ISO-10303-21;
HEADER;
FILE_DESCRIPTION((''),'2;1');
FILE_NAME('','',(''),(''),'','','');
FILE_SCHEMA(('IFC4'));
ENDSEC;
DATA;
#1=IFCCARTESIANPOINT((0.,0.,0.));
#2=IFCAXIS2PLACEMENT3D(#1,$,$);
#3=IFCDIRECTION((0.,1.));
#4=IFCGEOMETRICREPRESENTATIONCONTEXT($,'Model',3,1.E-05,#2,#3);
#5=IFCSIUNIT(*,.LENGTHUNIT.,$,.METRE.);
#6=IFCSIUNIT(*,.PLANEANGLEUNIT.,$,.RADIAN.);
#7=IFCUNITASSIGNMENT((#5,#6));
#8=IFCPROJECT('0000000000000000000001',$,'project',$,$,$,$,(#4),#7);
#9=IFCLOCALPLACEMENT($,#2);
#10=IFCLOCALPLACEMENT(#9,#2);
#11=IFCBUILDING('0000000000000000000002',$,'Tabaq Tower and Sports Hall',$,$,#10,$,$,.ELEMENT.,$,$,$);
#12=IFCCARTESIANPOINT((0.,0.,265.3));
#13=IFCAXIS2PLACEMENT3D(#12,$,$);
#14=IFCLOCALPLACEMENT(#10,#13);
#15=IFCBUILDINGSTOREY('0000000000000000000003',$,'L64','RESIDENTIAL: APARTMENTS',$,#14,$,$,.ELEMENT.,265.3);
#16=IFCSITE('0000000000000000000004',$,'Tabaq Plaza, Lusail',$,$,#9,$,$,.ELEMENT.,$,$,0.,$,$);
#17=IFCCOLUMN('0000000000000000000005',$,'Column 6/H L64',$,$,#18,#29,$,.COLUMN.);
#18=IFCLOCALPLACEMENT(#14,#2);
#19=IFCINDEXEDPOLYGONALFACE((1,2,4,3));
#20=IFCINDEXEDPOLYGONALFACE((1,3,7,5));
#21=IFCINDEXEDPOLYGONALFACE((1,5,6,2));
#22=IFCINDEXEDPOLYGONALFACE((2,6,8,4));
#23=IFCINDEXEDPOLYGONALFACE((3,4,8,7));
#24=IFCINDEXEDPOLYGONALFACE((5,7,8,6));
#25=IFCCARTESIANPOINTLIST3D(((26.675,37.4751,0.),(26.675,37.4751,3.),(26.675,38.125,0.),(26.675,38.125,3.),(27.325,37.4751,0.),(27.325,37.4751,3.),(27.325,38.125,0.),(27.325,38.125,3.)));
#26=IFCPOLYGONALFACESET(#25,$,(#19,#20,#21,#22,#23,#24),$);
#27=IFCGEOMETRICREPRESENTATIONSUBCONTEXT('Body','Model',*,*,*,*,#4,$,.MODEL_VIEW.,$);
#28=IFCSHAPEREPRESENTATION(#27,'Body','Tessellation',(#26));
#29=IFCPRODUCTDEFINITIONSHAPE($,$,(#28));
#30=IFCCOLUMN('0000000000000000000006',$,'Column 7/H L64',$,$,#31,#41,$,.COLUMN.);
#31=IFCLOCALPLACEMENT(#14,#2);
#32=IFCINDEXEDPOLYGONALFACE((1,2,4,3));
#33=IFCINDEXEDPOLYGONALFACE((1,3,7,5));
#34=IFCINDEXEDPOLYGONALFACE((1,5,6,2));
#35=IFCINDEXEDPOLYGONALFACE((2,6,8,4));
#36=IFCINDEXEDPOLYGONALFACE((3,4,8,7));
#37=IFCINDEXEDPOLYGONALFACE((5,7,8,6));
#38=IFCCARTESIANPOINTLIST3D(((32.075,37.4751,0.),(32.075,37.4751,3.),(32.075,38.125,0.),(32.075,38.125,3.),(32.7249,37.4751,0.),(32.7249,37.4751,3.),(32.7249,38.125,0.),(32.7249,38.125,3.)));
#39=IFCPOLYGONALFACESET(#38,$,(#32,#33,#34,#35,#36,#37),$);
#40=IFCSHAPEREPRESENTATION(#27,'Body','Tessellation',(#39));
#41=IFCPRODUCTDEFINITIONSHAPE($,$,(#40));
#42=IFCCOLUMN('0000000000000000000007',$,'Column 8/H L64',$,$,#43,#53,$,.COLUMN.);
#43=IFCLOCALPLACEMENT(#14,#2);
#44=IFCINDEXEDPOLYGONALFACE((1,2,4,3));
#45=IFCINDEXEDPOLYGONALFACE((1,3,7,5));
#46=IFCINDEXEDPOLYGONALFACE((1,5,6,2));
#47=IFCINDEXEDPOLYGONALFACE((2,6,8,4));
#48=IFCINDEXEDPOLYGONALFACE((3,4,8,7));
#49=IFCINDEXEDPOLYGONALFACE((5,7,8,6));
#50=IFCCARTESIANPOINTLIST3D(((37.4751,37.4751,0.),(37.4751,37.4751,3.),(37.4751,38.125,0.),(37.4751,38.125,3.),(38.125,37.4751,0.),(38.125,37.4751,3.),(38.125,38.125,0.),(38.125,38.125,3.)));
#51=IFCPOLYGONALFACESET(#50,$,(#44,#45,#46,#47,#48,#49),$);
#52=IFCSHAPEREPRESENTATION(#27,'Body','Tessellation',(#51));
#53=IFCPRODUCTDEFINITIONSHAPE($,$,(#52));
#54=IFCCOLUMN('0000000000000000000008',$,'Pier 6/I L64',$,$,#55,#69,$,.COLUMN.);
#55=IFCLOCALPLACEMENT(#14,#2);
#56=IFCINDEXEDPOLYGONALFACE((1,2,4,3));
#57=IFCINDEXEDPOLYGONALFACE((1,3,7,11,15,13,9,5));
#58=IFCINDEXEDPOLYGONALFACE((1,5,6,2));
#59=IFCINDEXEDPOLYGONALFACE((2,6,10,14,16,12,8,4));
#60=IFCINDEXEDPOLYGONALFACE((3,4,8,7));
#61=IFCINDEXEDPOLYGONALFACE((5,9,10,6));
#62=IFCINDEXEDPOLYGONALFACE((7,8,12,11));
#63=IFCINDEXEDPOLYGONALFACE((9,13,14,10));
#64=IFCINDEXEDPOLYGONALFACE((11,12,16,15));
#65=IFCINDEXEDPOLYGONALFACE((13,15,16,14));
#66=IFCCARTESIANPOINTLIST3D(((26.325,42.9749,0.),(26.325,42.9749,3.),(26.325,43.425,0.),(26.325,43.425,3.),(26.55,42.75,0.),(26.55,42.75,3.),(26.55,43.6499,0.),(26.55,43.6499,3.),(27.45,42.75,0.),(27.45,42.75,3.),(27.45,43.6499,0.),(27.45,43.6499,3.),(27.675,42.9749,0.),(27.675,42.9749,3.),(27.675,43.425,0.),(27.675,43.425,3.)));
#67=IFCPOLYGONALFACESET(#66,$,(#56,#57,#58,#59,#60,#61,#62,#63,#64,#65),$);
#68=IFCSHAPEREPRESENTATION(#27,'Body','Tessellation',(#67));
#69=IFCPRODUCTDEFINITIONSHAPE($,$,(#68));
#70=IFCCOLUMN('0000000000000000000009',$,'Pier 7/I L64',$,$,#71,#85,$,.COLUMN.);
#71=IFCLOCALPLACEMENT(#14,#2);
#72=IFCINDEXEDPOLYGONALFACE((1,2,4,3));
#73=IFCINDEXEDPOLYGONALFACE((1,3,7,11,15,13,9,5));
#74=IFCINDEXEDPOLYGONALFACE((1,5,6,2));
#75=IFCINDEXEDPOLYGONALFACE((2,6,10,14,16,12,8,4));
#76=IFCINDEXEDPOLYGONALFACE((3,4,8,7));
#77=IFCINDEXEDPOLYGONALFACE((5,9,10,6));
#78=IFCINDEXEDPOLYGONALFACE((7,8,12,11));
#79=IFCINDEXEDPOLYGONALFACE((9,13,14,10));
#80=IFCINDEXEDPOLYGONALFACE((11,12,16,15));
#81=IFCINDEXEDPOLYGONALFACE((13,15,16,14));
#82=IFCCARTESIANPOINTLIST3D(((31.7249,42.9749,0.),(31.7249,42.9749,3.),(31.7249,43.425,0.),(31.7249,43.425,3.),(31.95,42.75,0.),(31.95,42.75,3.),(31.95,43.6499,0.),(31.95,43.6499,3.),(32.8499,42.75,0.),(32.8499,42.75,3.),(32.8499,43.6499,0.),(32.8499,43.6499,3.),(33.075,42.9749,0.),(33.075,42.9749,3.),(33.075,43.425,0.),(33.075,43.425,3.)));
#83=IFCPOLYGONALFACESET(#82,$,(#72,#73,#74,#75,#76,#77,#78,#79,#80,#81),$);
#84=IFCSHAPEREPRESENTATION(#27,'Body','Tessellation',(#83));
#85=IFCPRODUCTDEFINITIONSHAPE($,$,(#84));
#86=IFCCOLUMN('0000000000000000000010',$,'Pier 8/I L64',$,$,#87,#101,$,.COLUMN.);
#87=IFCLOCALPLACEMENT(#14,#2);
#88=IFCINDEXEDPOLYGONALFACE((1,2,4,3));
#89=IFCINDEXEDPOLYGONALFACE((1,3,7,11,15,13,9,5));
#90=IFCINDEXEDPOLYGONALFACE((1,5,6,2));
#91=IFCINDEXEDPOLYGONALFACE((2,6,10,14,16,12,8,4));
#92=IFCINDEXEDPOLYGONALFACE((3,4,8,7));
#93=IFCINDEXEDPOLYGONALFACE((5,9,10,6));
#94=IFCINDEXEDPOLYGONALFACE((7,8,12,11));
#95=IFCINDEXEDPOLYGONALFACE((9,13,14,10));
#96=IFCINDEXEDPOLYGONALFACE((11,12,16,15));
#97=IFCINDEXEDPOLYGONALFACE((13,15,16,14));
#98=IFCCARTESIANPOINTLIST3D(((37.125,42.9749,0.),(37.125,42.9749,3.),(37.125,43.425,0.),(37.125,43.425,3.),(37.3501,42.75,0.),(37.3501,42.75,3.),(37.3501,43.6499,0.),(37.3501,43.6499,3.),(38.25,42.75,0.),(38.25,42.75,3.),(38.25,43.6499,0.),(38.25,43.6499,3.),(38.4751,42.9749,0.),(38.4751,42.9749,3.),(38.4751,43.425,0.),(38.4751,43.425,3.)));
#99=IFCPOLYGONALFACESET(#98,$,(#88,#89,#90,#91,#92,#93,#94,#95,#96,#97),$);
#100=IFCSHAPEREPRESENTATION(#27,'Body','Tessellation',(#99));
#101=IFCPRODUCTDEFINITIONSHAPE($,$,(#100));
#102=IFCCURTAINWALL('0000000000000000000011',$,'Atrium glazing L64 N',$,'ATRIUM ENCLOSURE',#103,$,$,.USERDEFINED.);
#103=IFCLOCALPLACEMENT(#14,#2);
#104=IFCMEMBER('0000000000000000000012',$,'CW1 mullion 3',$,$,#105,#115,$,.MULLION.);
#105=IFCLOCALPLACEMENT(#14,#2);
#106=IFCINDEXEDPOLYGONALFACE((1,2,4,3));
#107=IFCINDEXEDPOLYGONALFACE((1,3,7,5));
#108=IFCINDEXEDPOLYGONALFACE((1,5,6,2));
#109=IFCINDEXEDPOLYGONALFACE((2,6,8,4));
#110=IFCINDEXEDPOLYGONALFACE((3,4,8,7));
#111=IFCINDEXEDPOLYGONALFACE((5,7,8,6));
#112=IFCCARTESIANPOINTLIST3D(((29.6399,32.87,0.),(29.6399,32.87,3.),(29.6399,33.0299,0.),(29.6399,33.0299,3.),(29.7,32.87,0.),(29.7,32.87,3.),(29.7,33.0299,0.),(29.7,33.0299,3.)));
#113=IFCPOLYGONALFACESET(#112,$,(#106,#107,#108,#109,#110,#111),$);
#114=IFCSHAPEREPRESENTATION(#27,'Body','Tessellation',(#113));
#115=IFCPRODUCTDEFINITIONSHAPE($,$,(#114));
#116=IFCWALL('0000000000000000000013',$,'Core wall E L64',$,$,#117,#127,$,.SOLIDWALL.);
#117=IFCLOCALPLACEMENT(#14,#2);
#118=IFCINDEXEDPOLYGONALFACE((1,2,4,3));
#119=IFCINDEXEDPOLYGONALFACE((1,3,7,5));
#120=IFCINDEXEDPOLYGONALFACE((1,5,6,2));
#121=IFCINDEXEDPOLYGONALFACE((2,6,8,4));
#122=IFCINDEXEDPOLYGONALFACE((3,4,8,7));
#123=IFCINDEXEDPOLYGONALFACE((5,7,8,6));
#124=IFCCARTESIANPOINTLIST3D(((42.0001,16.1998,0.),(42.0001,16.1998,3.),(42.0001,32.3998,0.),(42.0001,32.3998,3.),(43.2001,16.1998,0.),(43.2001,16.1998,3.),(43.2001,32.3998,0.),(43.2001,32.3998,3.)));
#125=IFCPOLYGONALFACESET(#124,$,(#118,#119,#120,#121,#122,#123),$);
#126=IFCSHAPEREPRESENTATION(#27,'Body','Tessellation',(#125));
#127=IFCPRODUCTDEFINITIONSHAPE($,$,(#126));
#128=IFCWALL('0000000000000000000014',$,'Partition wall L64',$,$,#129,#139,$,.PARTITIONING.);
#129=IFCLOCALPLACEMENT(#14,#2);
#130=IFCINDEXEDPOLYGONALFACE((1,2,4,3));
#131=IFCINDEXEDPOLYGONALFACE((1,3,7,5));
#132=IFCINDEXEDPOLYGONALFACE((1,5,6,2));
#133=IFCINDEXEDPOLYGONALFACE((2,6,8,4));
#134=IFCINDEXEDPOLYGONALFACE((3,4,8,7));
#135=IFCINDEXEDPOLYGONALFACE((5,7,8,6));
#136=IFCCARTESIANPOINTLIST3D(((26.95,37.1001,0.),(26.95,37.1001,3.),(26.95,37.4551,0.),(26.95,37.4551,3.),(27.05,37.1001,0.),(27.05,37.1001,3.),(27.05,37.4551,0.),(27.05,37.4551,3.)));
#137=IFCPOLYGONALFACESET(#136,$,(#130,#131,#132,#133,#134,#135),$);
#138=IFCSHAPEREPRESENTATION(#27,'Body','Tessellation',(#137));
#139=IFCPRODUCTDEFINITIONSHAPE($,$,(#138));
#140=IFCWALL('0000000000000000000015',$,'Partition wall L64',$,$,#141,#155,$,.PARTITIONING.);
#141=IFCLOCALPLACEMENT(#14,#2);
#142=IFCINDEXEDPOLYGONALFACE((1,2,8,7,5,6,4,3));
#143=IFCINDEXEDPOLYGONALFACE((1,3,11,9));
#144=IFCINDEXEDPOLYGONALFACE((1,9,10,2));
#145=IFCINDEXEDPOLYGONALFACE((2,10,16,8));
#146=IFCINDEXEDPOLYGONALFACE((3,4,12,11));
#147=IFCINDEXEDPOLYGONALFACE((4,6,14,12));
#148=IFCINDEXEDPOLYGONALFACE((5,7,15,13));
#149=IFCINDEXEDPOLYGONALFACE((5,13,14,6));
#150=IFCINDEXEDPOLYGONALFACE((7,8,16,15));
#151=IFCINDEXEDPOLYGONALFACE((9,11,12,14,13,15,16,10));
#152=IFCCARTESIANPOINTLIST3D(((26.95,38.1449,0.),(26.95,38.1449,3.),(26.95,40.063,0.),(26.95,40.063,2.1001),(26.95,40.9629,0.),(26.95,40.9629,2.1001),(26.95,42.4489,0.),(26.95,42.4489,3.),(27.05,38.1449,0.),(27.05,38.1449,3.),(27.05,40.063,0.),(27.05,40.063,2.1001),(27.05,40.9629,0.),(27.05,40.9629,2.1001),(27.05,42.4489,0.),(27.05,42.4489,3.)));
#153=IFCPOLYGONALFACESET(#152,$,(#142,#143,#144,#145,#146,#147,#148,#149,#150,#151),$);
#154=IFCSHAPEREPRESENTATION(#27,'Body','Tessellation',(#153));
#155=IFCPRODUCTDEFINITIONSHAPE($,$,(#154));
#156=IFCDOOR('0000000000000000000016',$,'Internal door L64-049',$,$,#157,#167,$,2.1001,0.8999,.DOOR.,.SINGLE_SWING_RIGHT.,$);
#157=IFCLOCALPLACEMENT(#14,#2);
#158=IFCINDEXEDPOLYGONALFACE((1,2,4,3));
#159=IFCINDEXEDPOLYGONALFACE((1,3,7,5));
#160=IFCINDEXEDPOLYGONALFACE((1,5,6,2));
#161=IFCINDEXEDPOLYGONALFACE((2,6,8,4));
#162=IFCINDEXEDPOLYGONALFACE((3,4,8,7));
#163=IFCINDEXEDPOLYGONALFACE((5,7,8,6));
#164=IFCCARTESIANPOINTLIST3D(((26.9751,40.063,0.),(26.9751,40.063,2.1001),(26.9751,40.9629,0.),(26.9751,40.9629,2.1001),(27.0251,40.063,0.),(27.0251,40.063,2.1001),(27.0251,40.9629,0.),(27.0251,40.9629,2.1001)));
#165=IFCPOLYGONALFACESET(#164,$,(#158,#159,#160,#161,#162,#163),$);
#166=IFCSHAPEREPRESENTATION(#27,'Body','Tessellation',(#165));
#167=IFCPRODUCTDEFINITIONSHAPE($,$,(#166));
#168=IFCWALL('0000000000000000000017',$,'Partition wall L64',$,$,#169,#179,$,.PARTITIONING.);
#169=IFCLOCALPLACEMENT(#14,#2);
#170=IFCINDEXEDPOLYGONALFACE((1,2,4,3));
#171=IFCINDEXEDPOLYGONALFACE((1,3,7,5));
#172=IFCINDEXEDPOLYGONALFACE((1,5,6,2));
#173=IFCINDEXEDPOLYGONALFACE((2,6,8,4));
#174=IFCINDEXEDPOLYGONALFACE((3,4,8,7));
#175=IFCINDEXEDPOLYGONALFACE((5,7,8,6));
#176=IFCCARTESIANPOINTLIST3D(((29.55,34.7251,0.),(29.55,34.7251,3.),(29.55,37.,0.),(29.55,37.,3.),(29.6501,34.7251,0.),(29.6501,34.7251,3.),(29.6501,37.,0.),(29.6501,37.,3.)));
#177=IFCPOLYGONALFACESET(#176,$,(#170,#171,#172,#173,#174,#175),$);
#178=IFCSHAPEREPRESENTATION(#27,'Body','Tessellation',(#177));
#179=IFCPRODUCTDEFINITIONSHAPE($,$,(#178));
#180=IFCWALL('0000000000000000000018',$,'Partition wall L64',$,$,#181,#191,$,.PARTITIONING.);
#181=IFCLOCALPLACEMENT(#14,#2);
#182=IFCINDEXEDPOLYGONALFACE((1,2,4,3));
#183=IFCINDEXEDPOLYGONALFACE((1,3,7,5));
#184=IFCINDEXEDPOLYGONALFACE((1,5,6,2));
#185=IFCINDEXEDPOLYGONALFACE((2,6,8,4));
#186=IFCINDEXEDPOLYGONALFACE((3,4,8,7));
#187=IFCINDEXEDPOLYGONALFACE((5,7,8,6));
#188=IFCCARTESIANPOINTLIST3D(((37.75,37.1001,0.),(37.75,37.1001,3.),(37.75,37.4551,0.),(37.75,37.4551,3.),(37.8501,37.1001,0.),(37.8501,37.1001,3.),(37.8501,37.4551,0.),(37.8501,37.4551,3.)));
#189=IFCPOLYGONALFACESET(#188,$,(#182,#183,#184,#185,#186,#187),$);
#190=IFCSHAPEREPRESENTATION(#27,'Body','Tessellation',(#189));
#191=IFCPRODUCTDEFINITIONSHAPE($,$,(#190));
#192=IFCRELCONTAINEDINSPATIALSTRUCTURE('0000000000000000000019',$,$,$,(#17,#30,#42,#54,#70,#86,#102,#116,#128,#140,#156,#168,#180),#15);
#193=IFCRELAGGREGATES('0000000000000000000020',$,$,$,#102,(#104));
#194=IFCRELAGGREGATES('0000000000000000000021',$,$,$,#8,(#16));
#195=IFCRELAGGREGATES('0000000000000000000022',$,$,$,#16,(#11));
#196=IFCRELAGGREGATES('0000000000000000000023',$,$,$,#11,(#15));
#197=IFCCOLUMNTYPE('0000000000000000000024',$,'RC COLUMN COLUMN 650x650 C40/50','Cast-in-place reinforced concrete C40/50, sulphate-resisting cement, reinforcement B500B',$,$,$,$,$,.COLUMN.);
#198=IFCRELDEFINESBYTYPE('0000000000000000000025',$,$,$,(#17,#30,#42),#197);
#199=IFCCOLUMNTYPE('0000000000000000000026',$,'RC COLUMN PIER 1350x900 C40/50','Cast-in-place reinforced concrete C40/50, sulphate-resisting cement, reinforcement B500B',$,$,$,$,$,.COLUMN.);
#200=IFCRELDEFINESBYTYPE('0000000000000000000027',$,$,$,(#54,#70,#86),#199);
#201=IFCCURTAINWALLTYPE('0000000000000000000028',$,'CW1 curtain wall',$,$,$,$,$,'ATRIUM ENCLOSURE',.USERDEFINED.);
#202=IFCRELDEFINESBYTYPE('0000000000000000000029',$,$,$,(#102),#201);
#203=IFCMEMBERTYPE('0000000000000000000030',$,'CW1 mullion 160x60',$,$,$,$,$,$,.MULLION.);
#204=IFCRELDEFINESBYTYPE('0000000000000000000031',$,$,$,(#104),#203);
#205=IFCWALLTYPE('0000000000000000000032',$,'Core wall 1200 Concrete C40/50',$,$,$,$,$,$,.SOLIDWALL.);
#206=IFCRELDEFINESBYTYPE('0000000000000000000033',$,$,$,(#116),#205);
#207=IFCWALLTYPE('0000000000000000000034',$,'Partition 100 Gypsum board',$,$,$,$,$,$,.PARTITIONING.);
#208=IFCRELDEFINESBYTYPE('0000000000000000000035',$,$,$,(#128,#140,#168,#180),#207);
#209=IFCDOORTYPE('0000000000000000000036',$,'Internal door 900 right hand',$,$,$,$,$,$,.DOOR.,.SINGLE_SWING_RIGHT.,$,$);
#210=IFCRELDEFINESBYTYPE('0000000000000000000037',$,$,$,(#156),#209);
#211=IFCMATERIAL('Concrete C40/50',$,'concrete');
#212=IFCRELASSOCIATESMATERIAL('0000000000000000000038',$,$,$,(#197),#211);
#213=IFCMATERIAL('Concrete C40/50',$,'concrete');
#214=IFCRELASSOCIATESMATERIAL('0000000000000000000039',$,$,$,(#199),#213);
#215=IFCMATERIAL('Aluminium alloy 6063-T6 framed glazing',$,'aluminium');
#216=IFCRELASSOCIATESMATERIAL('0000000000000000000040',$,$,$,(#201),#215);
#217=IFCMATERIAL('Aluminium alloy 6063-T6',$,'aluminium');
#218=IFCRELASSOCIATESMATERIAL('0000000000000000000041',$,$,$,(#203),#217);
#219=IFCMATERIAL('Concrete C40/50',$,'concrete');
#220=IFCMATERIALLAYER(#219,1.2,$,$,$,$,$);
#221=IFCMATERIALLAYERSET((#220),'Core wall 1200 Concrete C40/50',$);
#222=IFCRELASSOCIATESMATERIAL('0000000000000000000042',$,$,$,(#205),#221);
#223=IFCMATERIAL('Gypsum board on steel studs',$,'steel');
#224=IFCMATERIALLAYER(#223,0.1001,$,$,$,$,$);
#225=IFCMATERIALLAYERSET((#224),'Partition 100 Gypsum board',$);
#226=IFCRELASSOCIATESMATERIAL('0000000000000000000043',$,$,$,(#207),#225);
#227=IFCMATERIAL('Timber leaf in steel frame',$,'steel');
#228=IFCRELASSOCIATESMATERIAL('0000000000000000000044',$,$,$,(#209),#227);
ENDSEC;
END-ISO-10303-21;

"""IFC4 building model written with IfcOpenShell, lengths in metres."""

from ifc_helpers import new_model, si_unit, direction, frame, frame_2d, origin, origin_2d, place, context, subcontext, project, spatial, polyline, rectangle, outline, extrude, material, layer, layer_set, material_profile, profile_set, type_object, element, fill, aggregate, save


model = new_model("IFC4")

# Units and contexts
model_context = context("Model", 3, precision=1e-05, world=origin(), true_north=direction((0.0, 1.0)))
body_context = subcontext(model_context, "Body", "Model", "MODEL_VIEW")
ifc_project = project(units=[si_unit("LENGTHUNIT", "METRE"), si_unit("PLANEANGLEUNIT", "RADIAN")], contexts=[model_context])

# Site, building, storey
site_placement = place(None, origin())
site = spatial("IfcSite", under=ifc_project, at=site_placement, Name="Tabaq Plaza, Lusail", CompositionType="ELEMENT", RefElevation=0.0)
building_placement = place(site_placement, origin())
building = spatial("IfcBuilding", under=site, at=building_placement, Name="Tabaq Tower and Sports Hall", CompositionType="ELEMENT")
storey_placement = place(building_placement, frame((0.0, 0.0, 265.3)))
storey = spatial("IfcBuildingStorey", under=building, at=storey_placement, Name="L64", Description="RESIDENTIAL: APARTMENTS", CompositionType="ELEMENT", Elevation=265.3)

# Columns
ifc_material_1 = material(Name="Concrete C40/50", Category="concrete")
ifc_material_profile_1 = material_profile(ifc_material_1, rectangle(XDim=0.6499, YDim=0.6499, at=origin_2d()), Name="COLUMN 650x650")
ifc_profile_set_1 = profile_set([ifc_material_profile_1], Name="Concrete C40/50")
column_type_1 = type_object("IfcColumnType", Name="RC COLUMN COLUMN 650x650 C40/50", Description="Cast-in-place reinforced concrete C40/50, sulphate-resisting cement, reinforcement B500B", PredefinedType="COLUMN", material=ifc_profile_set_1)
for number, where, z_axis, x_axis, name in (
    (1, (27.0, 37.8, 0.0), (0.0, 0.0, 1.0), (1.0, 0.0, 0.0), "Column 6/H L64"),
    (2, (32.3999, 37.8, 0.0), (0.0, 0.0, 1.0), (1.0, 0.0, 0.0), "Column 7/H L64"),
    (3, (37.8, 37.8, 0.0), (0.0, 0.0, 1.0), (1.0, 0.0, 0.0), "Column 8/H L64"),
):
    element("IfcColumn", number, at=place(storey_placement, frame(where, z_axis=z_axis, x_axis=x_axis)), inside=storey, type_object=column_type_1, Name=name, PredefinedType="COLUMN", context=body_context, shape_type="SweptSolid", body=[
        extrude(rectangle(XDim=0.6499, YDim=0.6499, at=origin_2d()), origin(), (0.0, 0.0, 1.0), 3.0),
    ])
ifc_material_2 = material(Name="Concrete C40/50", Category="concrete")
ifc_material_profile_2 = material_profile(ifc_material_2, outline(polyline([(-0.45, -0.45), (0.45, -0.45), (0.675, -0.2251), (0.675, 0.2251), (0.45, 0.45), (-0.45, 0.45), (-0.675, 0.2251), (-0.675, -0.2251), (-0.45, -0.45)])), Name="PIER 1350x900")
ifc_profile_set_2 = profile_set([ifc_material_profile_2], Name="Concrete C40/50")
column_type_2 = type_object("IfcColumnType", Name="RC COLUMN PIER 1350x900 C40/50", Description="Cast-in-place reinforced concrete C40/50, sulphate-resisting cement, reinforcement B500B", PredefinedType="COLUMN", material=ifc_profile_set_2)
for number, where, z_axis, x_axis, name in (
    (4, (27.0, 43.2, 0.0), (0.0, 0.0, 1.0), (1.0, 0.0, 0.0), "Pier 6/I L64"),
    (5, (32.3999, 43.2, 0.0), (0.0, 0.0, 1.0), (1.0, 0.0, 0.0), "Pier 7/I L64"),
    (6, (37.8, 43.2, 0.0), (0.0, 0.0, 1.0), (1.0, 0.0, 0.0), "Pier 8/I L64"),
):
    element("IfcColumn", number, at=place(storey_placement, frame(where, z_axis=z_axis, x_axis=x_axis)), inside=storey, type_object=column_type_2, Name=name, PredefinedType="COLUMN", context=body_context, shape_type="SweptSolid", body=[
        extrude(outline(polyline([(-0.45, -0.45), (0.45, -0.45), (0.675, -0.2251), (0.675, 0.2251), (0.45, 0.45), (-0.45, 0.45), (-0.675, 0.2251), (-0.675, -0.2251), (-0.45, -0.45)])), origin(), (0.0, 0.0, 1.0), 3.0),
    ])

# Curtain wall, member
ifc_material_3 = material(Name="Aluminium alloy 6063-T6 framed glazing", Category="aluminium")
curtain_wall_type = type_object("IfcCurtainWallType", Name="CW1 curtain wall", ElementType="ATRIUM ENCLOSURE", PredefinedType="USERDEFINED", material=ifc_material_3)
curtain_wall_placement = place(storey_placement, origin())
curtain_wall = element("IfcCurtainWall", 7, at=curtain_wall_placement, inside=storey, type_object=curtain_wall_type, Name="Atrium glazing L64 N", ObjectType="ATRIUM ENCLOSURE", PredefinedType="USERDEFINED")
ifc_material_4 = material(Name="Aluminium alloy 6063-T6", Category="aluminium")
ifc_material_profile_3 = material_profile(ifc_material_4, rectangle(XDim=0.1599, YDim=0.0601, at=origin_2d()), Name="MULLION 160x60")
ifc_profile_set_3 = profile_set([ifc_material_profile_3], Name="Aluminium alloy 6063-T6")
member_type = type_object("IfcMemberType", Name="CW1 mullion 160x60", PredefinedType="MULLION", material=ifc_profile_set_3)
member_placement = place(storey_placement, frame((29.6699, 32.95, 0.0), z_axis=(0.0, 0.0, 1.0), x_axis=(0.0, 1.0, 0.0)))
member = element("IfcMember", 8, at=member_placement, type_object=member_type, Name="CW1 mullion 3", PredefinedType="MULLION", context=body_context, shape_type="SweptSolid", body=[
    extrude(rectangle(XDim=0.1599, YDim=0.0601, at=origin_2d()), origin(), (0.0, 0.0, 1.0), 3.0),
])
aggregate(curtain_wall, [member])

# Walls
ifc_material_5 = material(Name="Concrete C40/50", Category="concrete")
ifc_layer_1 = layer(ifc_material_5, 1.2)
ifc_layer_set_1 = layer_set([ifc_layer_1], Name="Core wall 1200 Concrete C40/50")
wall_type_1 = type_object("IfcWallType", Name="Core wall 1200 Concrete C40/50", PredefinedType="SOLIDWALL", material=ifc_layer_set_1)
wall_1_placement = place(storey_placement, frame((42.6001, 32.3999, 0.0), z_axis=(0.0, 0.0, 1.0), x_axis=(0.0, -1.0, 0.0)))
element("IfcWall", 9, at=wall_1_placement, inside=storey, type_object=wall_type_1, Name="Core wall E L64", PredefinedType="SOLIDWALL", context=body_context, shape_type="SweptSolid", body=[
    extrude(rectangle(XDim=16.2, YDim=1.2, at=frame_2d((8.1001, 0.0))), origin(), (0.0, 0.0, 1.0), 3.0),
])
ifc_material_6 = material(Name="Gypsum board on steel studs", Category="steel")
ifc_layer_2 = layer(ifc_material_6, 0.1001)
ifc_layer_set_2 = layer_set([ifc_layer_2], Name="Partition 100 Gypsum board")
wall_type_2 = type_object("IfcWallType", Name="Partition 100 Gypsum board", PredefinedType="PARTITIONING", material=ifc_layer_set_2)
wall_2_placement = place(storey_placement, frame((27.0, 37.1001, 0.0), z_axis=(0.0, 0.0, 1.0), x_axis=(0.0, 1.0, 0.0)))
element("IfcWall", 10, at=wall_2_placement, inside=storey, type_object=wall_type_2, Name="Partition wall L64", PredefinedType="PARTITIONING", context=body_context, shape_type="SweptSolid", body=[
    extrude(rectangle(XDim=0.355, YDim=0.1001, at=frame_2d((0.1775, 0.0))), origin(), (0.0, 0.0, 1.0), 3.0),
])

# Wall, opening, door
wall_3_placement = place(storey_placement, frame((27.0, 38.145, 0.0), z_axis=(0.0, 0.0, 1.0), x_axis=(0.0, 1.0, 0.0)))
wall_3 = element("IfcWall", 11, at=wall_3_placement, inside=storey, type_object=wall_type_2, Name="Partition wall L64", PredefinedType="PARTITIONING", context=body_context, shape_type="SweptSolid", body=[
    extrude(rectangle(XDim=4.304, YDim=0.1001, at=frame_2d((2.1519, 0.0))), origin(), (0.0, 0.0, 1.0), 3.0),
])
opening_1_placement = place(wall_3_placement, frame((1.918, 0.0, 0.0)))
opening_1 = element("IfcOpeningElement", 12, at=opening_1_placement, cuts=wall_3, PredefinedType="OPENING", context=body_context, shape_type="SweptSolid", body=[
    extrude(rectangle(XDim=0.8999, YDim=2.1001, at=frame_2d((0.45, 1.05))), frame((0.0, 0.05, 0.0), z_axis=(0.0, -1.0, 0.0), x_axis=(1.0, 0.0, 0.0)), (0.0, 0.0, 1.0), 0.1001),
])
ifc_material_7 = material(Name="Timber leaf in steel frame", Category="steel")
door_type_1 = type_object("IfcDoorType", Name="Internal door 900 right hand", OperationType="SINGLE_SWING_RIGHT", PredefinedType="DOOR", material=ifc_material_7)
door_1_placement = place(opening_1_placement, origin())
door_1 = element("IfcDoor", 13, at=door_1_placement, inside=storey, type_object=door_type_1, Name="Internal door L64-049", OperationType="SINGLE_SWING_RIGHT", OverallHeight=2.1001, OverallWidth=0.8999, PredefinedType="DOOR", context=body_context, shape_type="SweptSolid", body=[
    extrude(rectangle(XDim=0.8999, YDim=2.1001, at=frame_2d((0.45, 1.05))), frame((0.0, 0.0249, 0.0), z_axis=(0.0, -1.0, 0.0), x_axis=(1.0, 0.0, 0.0)), (0.0, 0.0, 1.0), 0.05),
])
fill(opening_1, door_1)

# Walls
wall_4_placement = place(storey_placement, frame((29.6001, 34.7251, 0.0), z_axis=(0.0, 0.0, 1.0), x_axis=(0.0, 1.0, 0.0)))
element("IfcWall", 14, at=wall_4_placement, inside=storey, type_object=wall_type_2, Name="Partition wall L64", PredefinedType="PARTITIONING", context=body_context, shape_type="SweptSolid", body=[
    extrude(rectangle(XDim=2.2749, YDim=0.1001, at=frame_2d((1.1375, 0.0))), origin(), (0.0, 0.0, 1.0), 3.0),
])
wall_5_placement = place(storey_placement, frame((37.8, 37.1001, 0.0), z_axis=(0.0, 0.0, 1.0), x_axis=(0.0, 1.0, 0.0)))
element("IfcWall", 15, at=wall_5_placement, inside=storey, type_object=wall_type_2, Name="Partition wall L64", PredefinedType="PARTITIONING", context=body_context, shape_type="SweptSolid", body=[
    extrude(rectangle(XDim=0.355, YDim=0.1001, at=frame_2d((0.1775, 0.0))), origin(), (0.0, 0.0, 1.0), 3.0),
])

save(model, "model.ifc")
